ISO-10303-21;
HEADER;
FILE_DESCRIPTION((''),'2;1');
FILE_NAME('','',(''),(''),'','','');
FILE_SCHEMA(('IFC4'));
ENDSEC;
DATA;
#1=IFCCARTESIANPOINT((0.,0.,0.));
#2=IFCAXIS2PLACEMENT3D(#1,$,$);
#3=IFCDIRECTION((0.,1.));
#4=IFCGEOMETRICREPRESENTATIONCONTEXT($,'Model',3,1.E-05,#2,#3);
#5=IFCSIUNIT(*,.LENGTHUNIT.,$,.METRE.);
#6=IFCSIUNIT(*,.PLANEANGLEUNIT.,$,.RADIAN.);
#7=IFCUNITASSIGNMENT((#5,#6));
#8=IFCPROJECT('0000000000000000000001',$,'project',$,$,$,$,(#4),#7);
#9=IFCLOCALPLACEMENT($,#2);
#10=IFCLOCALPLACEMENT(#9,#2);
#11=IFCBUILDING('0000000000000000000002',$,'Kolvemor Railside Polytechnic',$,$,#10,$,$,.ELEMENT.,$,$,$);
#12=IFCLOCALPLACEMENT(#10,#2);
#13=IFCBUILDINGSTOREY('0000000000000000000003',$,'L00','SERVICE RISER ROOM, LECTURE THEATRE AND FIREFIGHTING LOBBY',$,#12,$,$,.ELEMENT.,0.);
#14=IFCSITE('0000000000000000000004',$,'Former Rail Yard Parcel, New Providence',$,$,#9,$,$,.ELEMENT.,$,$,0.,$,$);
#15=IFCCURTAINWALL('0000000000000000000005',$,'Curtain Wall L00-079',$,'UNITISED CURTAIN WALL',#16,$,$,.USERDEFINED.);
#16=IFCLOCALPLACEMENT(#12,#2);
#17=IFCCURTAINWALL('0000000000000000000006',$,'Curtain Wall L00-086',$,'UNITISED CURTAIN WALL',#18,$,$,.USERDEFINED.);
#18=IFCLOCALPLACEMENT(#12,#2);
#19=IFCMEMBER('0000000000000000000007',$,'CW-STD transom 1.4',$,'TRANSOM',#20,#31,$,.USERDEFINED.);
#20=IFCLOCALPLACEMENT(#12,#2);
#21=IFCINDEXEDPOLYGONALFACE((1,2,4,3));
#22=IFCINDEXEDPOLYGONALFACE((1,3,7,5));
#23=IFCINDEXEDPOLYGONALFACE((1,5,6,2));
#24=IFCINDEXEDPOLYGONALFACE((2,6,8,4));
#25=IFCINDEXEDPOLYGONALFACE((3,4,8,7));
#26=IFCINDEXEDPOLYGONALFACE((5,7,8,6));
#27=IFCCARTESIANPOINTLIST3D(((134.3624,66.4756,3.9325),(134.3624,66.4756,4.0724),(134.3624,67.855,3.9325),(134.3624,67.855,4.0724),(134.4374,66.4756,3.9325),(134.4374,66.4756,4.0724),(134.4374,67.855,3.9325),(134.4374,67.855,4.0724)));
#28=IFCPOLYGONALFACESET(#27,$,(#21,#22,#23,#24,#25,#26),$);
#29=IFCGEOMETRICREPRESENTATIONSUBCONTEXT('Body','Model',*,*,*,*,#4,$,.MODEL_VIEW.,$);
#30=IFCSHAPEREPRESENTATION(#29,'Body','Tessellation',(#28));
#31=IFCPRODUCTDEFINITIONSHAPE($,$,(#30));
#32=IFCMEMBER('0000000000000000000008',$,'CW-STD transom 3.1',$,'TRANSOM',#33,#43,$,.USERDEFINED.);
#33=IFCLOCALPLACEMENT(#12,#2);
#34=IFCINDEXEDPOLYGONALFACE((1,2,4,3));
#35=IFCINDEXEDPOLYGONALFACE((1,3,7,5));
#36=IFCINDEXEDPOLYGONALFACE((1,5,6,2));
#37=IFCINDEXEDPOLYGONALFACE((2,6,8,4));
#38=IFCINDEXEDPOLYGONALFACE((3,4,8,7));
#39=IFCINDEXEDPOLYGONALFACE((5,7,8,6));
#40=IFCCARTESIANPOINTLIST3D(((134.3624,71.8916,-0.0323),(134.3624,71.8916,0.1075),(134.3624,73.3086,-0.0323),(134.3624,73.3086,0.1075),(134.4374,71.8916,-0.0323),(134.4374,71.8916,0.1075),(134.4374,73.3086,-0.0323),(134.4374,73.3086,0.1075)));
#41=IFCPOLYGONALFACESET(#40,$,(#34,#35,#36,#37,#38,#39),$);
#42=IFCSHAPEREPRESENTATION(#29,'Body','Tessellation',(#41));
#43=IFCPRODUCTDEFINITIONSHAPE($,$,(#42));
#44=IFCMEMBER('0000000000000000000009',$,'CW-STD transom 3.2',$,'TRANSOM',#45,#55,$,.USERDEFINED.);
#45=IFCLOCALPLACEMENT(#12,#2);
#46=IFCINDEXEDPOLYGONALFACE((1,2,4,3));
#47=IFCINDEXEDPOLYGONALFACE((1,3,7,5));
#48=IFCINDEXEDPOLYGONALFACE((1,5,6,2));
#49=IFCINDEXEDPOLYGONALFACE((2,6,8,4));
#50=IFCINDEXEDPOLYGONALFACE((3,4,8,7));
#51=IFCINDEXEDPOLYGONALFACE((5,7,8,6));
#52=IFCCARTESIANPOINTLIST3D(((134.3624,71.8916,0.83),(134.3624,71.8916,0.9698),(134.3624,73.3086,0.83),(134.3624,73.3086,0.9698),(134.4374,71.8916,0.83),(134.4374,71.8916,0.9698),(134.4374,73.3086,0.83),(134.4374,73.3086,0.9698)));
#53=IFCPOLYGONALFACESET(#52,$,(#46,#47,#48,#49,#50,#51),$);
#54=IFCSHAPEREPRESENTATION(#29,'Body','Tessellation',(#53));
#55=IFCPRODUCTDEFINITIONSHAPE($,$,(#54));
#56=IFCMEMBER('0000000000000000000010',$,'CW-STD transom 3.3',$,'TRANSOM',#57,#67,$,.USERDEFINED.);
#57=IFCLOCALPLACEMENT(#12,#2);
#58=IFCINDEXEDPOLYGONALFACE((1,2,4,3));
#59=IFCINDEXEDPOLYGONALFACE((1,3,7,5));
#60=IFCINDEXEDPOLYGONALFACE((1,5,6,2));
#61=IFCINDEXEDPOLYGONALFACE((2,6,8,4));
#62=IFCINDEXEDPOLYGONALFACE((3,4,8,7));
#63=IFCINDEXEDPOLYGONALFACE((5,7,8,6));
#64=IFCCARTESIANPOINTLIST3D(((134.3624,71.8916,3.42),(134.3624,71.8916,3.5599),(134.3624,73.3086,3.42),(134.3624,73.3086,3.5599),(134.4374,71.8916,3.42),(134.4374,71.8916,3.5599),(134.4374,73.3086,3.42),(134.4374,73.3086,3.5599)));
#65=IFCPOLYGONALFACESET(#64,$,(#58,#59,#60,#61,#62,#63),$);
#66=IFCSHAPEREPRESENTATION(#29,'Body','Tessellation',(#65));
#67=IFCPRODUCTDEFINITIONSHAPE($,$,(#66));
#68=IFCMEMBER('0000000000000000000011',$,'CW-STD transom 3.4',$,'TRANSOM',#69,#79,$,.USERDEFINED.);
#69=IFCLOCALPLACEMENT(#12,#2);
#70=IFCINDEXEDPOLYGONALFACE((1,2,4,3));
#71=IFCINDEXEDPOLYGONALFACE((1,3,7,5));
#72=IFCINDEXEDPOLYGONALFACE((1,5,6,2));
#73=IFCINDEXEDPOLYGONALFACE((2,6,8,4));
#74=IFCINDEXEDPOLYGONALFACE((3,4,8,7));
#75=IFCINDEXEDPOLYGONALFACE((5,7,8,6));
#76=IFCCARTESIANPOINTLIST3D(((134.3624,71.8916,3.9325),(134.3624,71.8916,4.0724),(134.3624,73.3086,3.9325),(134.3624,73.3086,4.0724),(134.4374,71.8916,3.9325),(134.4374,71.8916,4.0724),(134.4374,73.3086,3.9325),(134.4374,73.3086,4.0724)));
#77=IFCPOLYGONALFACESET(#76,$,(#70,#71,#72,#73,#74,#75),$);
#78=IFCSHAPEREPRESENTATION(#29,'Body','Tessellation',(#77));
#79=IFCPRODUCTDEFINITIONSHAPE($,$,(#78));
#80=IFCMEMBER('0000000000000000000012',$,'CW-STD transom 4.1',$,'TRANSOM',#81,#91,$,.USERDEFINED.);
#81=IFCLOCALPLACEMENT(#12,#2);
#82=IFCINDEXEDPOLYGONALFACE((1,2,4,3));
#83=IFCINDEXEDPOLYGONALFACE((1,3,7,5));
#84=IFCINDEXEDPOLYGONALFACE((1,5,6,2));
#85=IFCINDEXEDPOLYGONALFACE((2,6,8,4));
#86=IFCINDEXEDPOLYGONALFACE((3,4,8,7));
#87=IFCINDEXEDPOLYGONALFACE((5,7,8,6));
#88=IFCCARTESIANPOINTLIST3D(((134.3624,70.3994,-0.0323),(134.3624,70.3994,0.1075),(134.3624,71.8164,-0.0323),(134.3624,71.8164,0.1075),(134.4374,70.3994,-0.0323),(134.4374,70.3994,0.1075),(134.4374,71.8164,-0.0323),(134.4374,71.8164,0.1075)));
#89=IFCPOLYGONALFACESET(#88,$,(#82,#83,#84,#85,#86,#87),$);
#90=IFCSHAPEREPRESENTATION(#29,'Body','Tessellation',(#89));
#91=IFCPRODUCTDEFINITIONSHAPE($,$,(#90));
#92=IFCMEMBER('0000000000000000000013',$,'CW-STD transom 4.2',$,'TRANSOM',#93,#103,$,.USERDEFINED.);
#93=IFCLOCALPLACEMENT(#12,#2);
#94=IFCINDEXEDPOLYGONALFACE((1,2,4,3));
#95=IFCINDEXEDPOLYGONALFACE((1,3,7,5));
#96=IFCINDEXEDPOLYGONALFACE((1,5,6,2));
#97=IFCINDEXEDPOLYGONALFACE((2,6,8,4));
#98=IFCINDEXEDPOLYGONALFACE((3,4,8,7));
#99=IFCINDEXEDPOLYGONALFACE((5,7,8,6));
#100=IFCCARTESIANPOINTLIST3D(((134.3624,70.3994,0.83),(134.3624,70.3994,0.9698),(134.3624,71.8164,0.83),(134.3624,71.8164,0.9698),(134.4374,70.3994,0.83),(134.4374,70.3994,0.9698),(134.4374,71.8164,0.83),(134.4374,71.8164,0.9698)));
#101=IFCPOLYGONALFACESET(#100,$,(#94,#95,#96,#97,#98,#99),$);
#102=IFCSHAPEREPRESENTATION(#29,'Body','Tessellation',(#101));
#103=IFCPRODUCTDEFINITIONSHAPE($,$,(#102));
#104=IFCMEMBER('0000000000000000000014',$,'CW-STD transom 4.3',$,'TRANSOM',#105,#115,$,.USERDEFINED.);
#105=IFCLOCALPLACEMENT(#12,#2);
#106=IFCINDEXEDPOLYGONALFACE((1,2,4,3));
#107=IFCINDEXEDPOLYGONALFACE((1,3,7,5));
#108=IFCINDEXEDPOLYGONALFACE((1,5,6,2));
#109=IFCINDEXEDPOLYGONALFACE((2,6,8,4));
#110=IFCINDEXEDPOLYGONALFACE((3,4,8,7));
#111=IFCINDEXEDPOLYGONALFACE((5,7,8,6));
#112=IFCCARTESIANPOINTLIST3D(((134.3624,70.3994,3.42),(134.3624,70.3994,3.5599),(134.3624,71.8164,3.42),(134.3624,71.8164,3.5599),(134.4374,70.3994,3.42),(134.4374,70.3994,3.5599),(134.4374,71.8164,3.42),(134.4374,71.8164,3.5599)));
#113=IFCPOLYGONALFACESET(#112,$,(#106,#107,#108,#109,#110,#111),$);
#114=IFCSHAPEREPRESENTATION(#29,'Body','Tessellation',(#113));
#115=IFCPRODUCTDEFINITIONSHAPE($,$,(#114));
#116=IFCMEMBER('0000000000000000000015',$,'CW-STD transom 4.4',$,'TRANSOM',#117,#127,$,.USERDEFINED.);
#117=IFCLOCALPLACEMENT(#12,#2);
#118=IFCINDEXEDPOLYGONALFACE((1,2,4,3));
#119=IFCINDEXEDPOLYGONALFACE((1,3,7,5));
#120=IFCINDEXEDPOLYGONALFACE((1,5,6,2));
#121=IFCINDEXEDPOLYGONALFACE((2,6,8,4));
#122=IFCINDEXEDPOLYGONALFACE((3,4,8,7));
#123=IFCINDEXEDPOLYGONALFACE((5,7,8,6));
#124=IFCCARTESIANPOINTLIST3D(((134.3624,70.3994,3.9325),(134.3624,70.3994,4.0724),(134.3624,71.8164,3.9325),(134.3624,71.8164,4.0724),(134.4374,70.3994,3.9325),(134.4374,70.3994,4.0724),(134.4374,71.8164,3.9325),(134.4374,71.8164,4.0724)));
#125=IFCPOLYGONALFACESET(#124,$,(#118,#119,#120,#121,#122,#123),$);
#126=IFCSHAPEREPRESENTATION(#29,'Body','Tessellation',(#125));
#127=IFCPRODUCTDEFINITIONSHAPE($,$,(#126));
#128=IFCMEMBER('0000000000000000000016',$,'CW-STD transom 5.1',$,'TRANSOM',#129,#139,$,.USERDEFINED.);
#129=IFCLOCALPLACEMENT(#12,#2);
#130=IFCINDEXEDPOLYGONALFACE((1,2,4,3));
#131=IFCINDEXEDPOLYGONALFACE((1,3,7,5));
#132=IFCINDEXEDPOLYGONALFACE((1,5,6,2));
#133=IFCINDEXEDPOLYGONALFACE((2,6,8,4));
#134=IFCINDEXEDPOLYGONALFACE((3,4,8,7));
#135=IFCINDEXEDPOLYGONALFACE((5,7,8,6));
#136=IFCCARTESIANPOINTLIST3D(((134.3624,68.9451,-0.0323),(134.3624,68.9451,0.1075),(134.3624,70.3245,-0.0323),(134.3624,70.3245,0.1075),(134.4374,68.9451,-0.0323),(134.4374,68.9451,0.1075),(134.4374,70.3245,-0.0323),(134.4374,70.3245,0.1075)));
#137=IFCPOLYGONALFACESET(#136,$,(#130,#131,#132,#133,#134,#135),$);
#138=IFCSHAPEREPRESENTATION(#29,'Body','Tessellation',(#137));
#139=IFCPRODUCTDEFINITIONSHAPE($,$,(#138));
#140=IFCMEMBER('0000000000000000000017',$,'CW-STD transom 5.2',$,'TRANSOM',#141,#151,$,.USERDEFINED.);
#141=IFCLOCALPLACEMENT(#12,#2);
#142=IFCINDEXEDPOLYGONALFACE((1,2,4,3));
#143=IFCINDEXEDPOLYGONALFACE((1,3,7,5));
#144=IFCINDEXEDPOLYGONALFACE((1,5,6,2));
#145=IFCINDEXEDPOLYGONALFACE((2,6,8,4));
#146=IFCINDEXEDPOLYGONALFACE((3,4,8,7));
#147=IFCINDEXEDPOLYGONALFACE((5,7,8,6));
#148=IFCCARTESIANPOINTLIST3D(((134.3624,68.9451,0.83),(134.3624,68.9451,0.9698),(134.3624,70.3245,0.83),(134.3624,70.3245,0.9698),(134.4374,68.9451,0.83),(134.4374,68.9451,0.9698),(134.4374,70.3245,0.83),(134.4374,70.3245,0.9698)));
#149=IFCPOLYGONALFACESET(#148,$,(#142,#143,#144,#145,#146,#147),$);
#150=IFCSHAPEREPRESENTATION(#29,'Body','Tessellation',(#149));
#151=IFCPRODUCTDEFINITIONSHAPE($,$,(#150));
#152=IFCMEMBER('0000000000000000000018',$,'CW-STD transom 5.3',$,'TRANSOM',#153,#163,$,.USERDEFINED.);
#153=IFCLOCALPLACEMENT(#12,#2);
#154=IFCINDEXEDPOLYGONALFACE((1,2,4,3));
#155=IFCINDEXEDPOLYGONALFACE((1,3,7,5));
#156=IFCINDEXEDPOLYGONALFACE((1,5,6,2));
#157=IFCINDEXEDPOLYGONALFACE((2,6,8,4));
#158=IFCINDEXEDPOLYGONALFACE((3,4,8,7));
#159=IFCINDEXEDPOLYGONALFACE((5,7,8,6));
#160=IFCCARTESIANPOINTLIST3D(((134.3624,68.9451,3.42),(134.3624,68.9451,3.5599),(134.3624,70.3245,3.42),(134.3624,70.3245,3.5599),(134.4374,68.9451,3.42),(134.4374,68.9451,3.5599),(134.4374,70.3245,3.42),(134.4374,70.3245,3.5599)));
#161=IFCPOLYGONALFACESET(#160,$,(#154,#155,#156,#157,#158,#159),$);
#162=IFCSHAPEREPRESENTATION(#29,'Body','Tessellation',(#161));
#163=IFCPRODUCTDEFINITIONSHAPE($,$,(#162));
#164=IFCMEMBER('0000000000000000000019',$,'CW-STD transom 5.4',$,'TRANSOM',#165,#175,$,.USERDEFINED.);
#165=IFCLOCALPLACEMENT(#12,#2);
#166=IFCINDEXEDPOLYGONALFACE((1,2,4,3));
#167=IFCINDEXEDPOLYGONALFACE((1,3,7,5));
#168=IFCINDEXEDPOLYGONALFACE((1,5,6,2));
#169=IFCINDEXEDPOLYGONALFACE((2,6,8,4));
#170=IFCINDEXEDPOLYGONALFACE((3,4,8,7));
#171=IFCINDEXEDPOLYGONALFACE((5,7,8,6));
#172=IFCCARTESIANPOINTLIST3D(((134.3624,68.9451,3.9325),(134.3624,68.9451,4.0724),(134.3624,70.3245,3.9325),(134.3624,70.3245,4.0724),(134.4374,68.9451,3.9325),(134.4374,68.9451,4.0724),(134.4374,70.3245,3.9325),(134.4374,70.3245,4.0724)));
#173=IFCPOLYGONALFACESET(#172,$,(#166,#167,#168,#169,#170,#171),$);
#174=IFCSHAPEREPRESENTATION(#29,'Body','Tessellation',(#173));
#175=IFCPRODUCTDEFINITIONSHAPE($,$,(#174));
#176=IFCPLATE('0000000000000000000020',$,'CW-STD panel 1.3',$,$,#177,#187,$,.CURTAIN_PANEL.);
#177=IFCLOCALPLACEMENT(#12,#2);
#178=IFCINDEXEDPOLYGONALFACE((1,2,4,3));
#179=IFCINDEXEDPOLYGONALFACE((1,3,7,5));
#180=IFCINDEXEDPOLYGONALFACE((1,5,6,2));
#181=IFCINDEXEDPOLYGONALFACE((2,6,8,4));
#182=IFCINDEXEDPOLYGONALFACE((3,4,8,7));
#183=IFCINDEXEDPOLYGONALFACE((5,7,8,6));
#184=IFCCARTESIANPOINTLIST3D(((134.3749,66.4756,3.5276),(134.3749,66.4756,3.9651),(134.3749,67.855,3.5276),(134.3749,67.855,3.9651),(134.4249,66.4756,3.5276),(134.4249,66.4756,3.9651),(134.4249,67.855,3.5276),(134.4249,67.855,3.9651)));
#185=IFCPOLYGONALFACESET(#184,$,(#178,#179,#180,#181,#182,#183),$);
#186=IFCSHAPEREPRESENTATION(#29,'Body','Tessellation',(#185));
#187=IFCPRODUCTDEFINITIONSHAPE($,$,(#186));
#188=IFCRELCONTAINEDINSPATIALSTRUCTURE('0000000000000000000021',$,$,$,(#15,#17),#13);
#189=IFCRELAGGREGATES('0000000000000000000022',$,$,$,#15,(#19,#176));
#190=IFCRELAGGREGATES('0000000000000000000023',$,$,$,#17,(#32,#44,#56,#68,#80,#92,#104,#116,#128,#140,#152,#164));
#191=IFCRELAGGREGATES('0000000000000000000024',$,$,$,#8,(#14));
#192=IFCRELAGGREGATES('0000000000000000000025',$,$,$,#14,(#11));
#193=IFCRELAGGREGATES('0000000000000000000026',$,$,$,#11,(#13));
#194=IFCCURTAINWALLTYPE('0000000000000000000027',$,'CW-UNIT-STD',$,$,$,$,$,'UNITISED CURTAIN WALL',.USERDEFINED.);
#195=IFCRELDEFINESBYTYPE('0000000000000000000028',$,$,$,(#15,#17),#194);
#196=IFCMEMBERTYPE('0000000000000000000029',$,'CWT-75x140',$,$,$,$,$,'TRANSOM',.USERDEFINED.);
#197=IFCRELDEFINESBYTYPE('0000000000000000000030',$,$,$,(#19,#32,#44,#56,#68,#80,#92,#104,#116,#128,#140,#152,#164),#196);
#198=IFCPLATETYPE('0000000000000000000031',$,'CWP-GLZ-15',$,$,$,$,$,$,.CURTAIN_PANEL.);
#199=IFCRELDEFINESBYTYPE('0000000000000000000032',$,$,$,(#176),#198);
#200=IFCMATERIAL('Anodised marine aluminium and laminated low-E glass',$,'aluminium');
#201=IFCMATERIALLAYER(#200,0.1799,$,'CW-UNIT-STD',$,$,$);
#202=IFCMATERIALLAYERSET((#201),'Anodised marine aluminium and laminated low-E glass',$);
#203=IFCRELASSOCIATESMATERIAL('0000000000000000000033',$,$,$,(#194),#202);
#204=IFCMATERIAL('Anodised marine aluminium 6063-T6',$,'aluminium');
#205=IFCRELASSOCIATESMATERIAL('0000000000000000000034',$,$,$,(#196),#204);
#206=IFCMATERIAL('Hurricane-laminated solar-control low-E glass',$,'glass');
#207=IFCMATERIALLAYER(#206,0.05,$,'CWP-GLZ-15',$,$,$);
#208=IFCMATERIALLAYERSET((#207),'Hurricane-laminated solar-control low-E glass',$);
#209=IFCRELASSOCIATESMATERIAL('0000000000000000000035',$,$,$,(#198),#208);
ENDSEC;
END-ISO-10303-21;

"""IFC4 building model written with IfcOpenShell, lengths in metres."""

from ifc_helpers import new_model, si_unit, direction, frame, origin, origin_2d, place, context, subcontext, project, spatial, rectangle, extrude, material, layer, layer_set, material_profile, profile_set, type_object, element, aggregate, save


model = new_model("IFC4")

# Units and contexts
model_context = context("Model", 3, precision=1e-05, world=origin(), true_north=direction((0.0, 1.0)))
body_context = subcontext(model_context, "Body", "Model", "MODEL_VIEW")
ifc_project = project(units=[si_unit("LENGTHUNIT", "METRE"), si_unit("PLANEANGLEUNIT", "RADIAN")], contexts=[model_context])

# Site, building, storey
site_placement = place(None, origin())
site = spatial("IfcSite", under=ifc_project, at=site_placement, Name="Former Rail Yard Parcel, New Providence", CompositionType="ELEMENT", RefElevation=0.0)
building_placement = place(site_placement, origin())
building = spatial("IfcBuilding", under=site, at=building_placement, Name="Kolvemor Railside Polytechnic", CompositionType="ELEMENT")
storey_placement = place(building_placement, origin())
storey = spatial("IfcBuildingStorey", under=building, at=storey_placement, Name="L00", Description="SERVICE RISER ROOM, LECTURE THEATRE AND FIREFIGHTING LOBBY", CompositionType="ELEMENT", Elevation=0.0)

# Curtain wall
ifc_material_1 = material(Name="Anodised marine aluminium and laminated low-E glass", Category="aluminium")
ifc_layer_1 = layer(ifc_material_1, 0.1799, Name="CW-UNIT-STD")
ifc_layer_set_1 = layer_set([ifc_layer_1], Name="Anodised marine aluminium and laminated low-E glass")
curtain_wall_type = type_object("IfcCurtainWallType", Name="CW-UNIT-STD", ElementType="UNITISED CURTAIN WALL", PredefinedType="USERDEFINED", material=ifc_layer_set_1)
curtain_wall_1_placement = place(storey_placement, origin())
curtain_wall_1 = element("IfcCurtainWall", 1, at=curtain_wall_1_placement, inside=storey, type_object=curtain_wall_type, Name="Curtain Wall L00-079", ObjectType="UNITISED CURTAIN WALL", PredefinedType="USERDEFINED")

# Curtain wall
curtain_wall_2_placement = place(storey_placement, origin())
curtain_wall_2 = element("IfcCurtainWall", 2, at=curtain_wall_2_placement, inside=storey, type_object=curtain_wall_type, Name="Curtain Wall L00-086", ObjectType="UNITISED CURTAIN WALL", PredefinedType="USERDEFINED")

# Members
ifc_material_2 = material(Name="Anodised marine aluminium 6063-T6", Category="aluminium")
ifc_material_profile_1 = material_profile(ifc_material_2, rectangle(XDim=0.075, YDim=0.1399, at=origin_2d()), Name="CW-TRN-75x140")
ifc_profile_set_1 = profile_set([ifc_material_profile_1], Name="Anodised marine aluminium 6063-T6")
member_type_1 = type_object("IfcMemberType", Name="CWT-75x140", ElementType="TRANSOM", PredefinedType="USERDEFINED", material=ifc_profile_set_1)
member_1_placement = place(storey_placement, frame((134.3999, 67.855, 4.0024), z_axis=(0.0, -1.0, 0.0), x_axis=(1.0, 0.0, 0.0)))
member_1 = element("IfcMember", 3, at=member_1_placement, type_object=member_type_1, Name="CW-STD transom 1.4", ObjectType="TRANSOM", PredefinedType="USERDEFINED", context=body_context, shape_type="SweptSolid", body=[
    extrude(rectangle(XDim=0.075, YDim=0.1399, at=origin_2d()), origin(), (0.0, 0.0, 1.0), 1.3794),
])
member_2_placement = place(storey_placement, frame((134.3999, 73.3086, 0.0376), z_axis=(0.0, -1.0, 0.0), x_axis=(1.0, 0.0, 0.0)))
member_2 = element("IfcMember", 4, at=member_2_placement, type_object=member_type_1, Name="CW-STD transom 3.1", ObjectType="TRANSOM", PredefinedType="USERDEFINED", context=body_context, shape_type="SweptSolid", body=[
    extrude(rectangle(XDim=0.075, YDim=0.1399, at=origin_2d()), origin(), (0.0, 0.0, 1.0), 1.417),
])
member_3_placement = place(storey_placement, frame((134.3999, 73.3086, 0.8999), z_axis=(0.0, -1.0, 0.0), x_axis=(1.0, 0.0, 0.0)))
member_3 = element("IfcMember", 5, at=member_3_placement, type_object=member_type_1, Name="CW-STD transom 3.2", ObjectType="TRANSOM", PredefinedType="USERDEFINED", context=body_context, shape_type="SweptSolid", body=[
    extrude(rectangle(XDim=0.075, YDim=0.1399, at=origin_2d()), origin(), (0.0, 0.0, 1.0), 1.417),
])
member_4_placement = place(storey_placement, frame((134.3999, 73.3086, 3.49), z_axis=(0.0, -1.0, 0.0), x_axis=(1.0, 0.0, 0.0)))
member_4 = element("IfcMember", 6, at=member_4_placement, type_object=member_type_1, Name="CW-STD transom 3.3", ObjectType="TRANSOM", PredefinedType="USERDEFINED", context=body_context, shape_type="SweptSolid", body=[
    extrude(rectangle(XDim=0.075, YDim=0.1399, at=origin_2d()), origin(), (0.0, 0.0, 1.0), 1.417),
])
member_5_placement = place(storey_placement, frame((134.3999, 73.3086, 4.0024), z_axis=(0.0, -1.0, 0.0), x_axis=(1.0, 0.0, 0.0)))
member_5 = element("IfcMember", 7, at=member_5_placement, type_object=member_type_1, Name="CW-STD transom 3.4", ObjectType="TRANSOM", PredefinedType="USERDEFINED", context=body_context, shape_type="SweptSolid", body=[
    extrude(rectangle(XDim=0.075, YDim=0.1399, at=origin_2d()), origin(), (0.0, 0.0, 1.0), 1.417),
])
member_6_placement = place(storey_placement, frame((134.3999, 71.8164, 0.0376), z_axis=(0.0, -1.0, 0.0), x_axis=(1.0, 0.0, 0.0)))
member_6 = element("IfcMember", 8, at=member_6_placement, type_object=member_type_1, Name="CW-STD transom 4.1", ObjectType="TRANSOM", PredefinedType="USERDEFINED", context=body_context, shape_type="SweptSolid", body=[
    extrude(rectangle(XDim=0.075, YDim=0.1399, at=origin_2d()), origin(), (0.0, 0.0, 1.0), 1.417),
])
member_7_placement = place(storey_placement, frame((134.3999, 71.8164, 0.8999), z_axis=(0.0, -1.0, 0.0), x_axis=(1.0, 0.0, 0.0)))
member_7 = element("IfcMember", 9, at=member_7_placement, type_object=member_type_1, Name="CW-STD transom 4.2", ObjectType="TRANSOM", PredefinedType="USERDEFINED", context=body_context, shape_type="SweptSolid", body=[
    extrude(rectangle(XDim=0.075, YDim=0.1399, at=origin_2d()), origin(), (0.0, 0.0, 1.0), 1.417),
])
member_8_placement = place(storey_placement, frame((134.3999, 71.8164, 3.49), z_axis=(0.0, -1.0, 0.0), x_axis=(1.0, 0.0, 0.0)))
member_8 = element("IfcMember", 10, at=member_8_placement, type_object=member_type_1, Name="CW-STD transom 4.3", ObjectType="TRANSOM", PredefinedType="USERDEFINED", context=body_context, shape_type="SweptSolid", body=[
    extrude(rectangle(XDim=0.075, YDim=0.1399, at=origin_2d()), origin(), (0.0, 0.0, 1.0), 1.417),
])
member_9_placement = place(storey_placement, frame((134.3999, 71.8164, 4.0024), z_axis=(0.0, -1.0, 0.0), x_axis=(1.0, 0.0, 0.0)))
member_9 = element("IfcMember", 11, at=member_9_placement, type_object=member_type_1, Name="CW-STD transom 4.4", ObjectType="TRANSOM", PredefinedType="USERDEFINED", context=body_context, shape_type="SweptSolid", body=[
    extrude(rectangle(XDim=0.075, YDim=0.1399, at=origin_2d()), origin(), (0.0, 0.0, 1.0), 1.417),
])
member_10_placement = place(storey_placement, frame((134.3999, 70.3245, 0.0376), z_axis=(0.0, -1.0, 0.0), x_axis=(1.0, 0.0, 0.0)))
member_10 = element("IfcMember", 12, at=member_10_placement, type_object=member_type_1, Name="CW-STD transom 5.1", ObjectType="TRANSOM", PredefinedType="USERDEFINED", context=body_context, shape_type="SweptSolid", body=[
    extrude(rectangle(XDim=0.075, YDim=0.1399, at=origin_2d()), origin(), (0.0, 0.0, 1.0), 1.3794),
])
member_11_placement = place(storey_placement, frame((134.3999, 70.3245, 0.8999), z_axis=(0.0, -1.0, 0.0), x_axis=(1.0, 0.0, 0.0)))
member_11 = element("IfcMember", 13, at=member_11_placement, type_object=member_type_1, Name="CW-STD transom 5.2", ObjectType="TRANSOM", PredefinedType="USERDEFINED", context=body_context, shape_type="SweptSolid", body=[
    extrude(rectangle(XDim=0.075, YDim=0.1399, at=origin_2d()), origin(), (0.0, 0.0, 1.0), 1.3794),
])
member_12_placement = place(storey_placement, frame((134.3999, 70.3245, 3.49), z_axis=(0.0, -1.0, 0.0), x_axis=(1.0, 0.0, 0.0)))
member_12 = element("IfcMember", 14, at=member_12_placement, type_object=member_type_1, Name="CW-STD transom 5.3", ObjectType="TRANSOM", PredefinedType="USERDEFINED", context=body_context, shape_type="SweptSolid", body=[
    extrude(rectangle(XDim=0.075, YDim=0.1399, at=origin_2d()), origin(), (0.0, 0.0, 1.0), 1.3794),
])
member_13_placement = place(storey_placement, frame((134.3999, 70.3245, 4.0024), z_axis=(0.0, -1.0, 0.0), x_axis=(1.0, 0.0, 0.0)))
member_13 = element("IfcMember", 15, at=member_13_placement, type_object=member_type_1, Name="CW-STD transom 5.4", ObjectType="TRANSOM", PredefinedType="USERDEFINED", context=body_context, shape_type="SweptSolid", body=[
    extrude(rectangle(XDim=0.075, YDim=0.1399, at=origin_2d()), origin(), (0.0, 0.0, 1.0), 1.3794),
])

# Plate
ifc_material_3 = material(Name="Hurricane-laminated solar-control low-E glass", Category="glass")
ifc_layer_2 = layer(ifc_material_3, 0.05, Name="CWP-GLZ-15")
ifc_layer_set_2 = layer_set([ifc_layer_2], Name="Hurricane-laminated solar-control low-E glass")
plate_type_1 = type_object("IfcPlateType", Name="CWP-GLZ-15", PredefinedType="CURTAIN_PANEL", material=ifc_layer_set_2)
plate_1_placement = place(storey_placement, frame((134.3999, 67.1653, 3.5276), z_axis=(0.0, 0.0, 1.0), x_axis=(0.0, -1.0, 0.0)))
plate_1 = element("IfcPlate", 16, at=plate_1_placement, type_object=plate_type_1, Name="CW-STD panel 1.3", PredefinedType="CURTAIN_PANEL", context=body_context, shape_type="SweptSolid", body=[
    extrude(rectangle(XDim=1.3794, YDim=0.05, at=origin_2d()), origin(), (0.0, 0.0, 1.0), 0.4375),
])
aggregate(curtain_wall_1, [member_1, plate_1])
aggregate(curtain_wall_2, [member_2, member_3, member_4, member_5, member_6, member_7, member_8, member_9, member_10, member_11, member_12, member_13])

save(model, "model.ifc")
